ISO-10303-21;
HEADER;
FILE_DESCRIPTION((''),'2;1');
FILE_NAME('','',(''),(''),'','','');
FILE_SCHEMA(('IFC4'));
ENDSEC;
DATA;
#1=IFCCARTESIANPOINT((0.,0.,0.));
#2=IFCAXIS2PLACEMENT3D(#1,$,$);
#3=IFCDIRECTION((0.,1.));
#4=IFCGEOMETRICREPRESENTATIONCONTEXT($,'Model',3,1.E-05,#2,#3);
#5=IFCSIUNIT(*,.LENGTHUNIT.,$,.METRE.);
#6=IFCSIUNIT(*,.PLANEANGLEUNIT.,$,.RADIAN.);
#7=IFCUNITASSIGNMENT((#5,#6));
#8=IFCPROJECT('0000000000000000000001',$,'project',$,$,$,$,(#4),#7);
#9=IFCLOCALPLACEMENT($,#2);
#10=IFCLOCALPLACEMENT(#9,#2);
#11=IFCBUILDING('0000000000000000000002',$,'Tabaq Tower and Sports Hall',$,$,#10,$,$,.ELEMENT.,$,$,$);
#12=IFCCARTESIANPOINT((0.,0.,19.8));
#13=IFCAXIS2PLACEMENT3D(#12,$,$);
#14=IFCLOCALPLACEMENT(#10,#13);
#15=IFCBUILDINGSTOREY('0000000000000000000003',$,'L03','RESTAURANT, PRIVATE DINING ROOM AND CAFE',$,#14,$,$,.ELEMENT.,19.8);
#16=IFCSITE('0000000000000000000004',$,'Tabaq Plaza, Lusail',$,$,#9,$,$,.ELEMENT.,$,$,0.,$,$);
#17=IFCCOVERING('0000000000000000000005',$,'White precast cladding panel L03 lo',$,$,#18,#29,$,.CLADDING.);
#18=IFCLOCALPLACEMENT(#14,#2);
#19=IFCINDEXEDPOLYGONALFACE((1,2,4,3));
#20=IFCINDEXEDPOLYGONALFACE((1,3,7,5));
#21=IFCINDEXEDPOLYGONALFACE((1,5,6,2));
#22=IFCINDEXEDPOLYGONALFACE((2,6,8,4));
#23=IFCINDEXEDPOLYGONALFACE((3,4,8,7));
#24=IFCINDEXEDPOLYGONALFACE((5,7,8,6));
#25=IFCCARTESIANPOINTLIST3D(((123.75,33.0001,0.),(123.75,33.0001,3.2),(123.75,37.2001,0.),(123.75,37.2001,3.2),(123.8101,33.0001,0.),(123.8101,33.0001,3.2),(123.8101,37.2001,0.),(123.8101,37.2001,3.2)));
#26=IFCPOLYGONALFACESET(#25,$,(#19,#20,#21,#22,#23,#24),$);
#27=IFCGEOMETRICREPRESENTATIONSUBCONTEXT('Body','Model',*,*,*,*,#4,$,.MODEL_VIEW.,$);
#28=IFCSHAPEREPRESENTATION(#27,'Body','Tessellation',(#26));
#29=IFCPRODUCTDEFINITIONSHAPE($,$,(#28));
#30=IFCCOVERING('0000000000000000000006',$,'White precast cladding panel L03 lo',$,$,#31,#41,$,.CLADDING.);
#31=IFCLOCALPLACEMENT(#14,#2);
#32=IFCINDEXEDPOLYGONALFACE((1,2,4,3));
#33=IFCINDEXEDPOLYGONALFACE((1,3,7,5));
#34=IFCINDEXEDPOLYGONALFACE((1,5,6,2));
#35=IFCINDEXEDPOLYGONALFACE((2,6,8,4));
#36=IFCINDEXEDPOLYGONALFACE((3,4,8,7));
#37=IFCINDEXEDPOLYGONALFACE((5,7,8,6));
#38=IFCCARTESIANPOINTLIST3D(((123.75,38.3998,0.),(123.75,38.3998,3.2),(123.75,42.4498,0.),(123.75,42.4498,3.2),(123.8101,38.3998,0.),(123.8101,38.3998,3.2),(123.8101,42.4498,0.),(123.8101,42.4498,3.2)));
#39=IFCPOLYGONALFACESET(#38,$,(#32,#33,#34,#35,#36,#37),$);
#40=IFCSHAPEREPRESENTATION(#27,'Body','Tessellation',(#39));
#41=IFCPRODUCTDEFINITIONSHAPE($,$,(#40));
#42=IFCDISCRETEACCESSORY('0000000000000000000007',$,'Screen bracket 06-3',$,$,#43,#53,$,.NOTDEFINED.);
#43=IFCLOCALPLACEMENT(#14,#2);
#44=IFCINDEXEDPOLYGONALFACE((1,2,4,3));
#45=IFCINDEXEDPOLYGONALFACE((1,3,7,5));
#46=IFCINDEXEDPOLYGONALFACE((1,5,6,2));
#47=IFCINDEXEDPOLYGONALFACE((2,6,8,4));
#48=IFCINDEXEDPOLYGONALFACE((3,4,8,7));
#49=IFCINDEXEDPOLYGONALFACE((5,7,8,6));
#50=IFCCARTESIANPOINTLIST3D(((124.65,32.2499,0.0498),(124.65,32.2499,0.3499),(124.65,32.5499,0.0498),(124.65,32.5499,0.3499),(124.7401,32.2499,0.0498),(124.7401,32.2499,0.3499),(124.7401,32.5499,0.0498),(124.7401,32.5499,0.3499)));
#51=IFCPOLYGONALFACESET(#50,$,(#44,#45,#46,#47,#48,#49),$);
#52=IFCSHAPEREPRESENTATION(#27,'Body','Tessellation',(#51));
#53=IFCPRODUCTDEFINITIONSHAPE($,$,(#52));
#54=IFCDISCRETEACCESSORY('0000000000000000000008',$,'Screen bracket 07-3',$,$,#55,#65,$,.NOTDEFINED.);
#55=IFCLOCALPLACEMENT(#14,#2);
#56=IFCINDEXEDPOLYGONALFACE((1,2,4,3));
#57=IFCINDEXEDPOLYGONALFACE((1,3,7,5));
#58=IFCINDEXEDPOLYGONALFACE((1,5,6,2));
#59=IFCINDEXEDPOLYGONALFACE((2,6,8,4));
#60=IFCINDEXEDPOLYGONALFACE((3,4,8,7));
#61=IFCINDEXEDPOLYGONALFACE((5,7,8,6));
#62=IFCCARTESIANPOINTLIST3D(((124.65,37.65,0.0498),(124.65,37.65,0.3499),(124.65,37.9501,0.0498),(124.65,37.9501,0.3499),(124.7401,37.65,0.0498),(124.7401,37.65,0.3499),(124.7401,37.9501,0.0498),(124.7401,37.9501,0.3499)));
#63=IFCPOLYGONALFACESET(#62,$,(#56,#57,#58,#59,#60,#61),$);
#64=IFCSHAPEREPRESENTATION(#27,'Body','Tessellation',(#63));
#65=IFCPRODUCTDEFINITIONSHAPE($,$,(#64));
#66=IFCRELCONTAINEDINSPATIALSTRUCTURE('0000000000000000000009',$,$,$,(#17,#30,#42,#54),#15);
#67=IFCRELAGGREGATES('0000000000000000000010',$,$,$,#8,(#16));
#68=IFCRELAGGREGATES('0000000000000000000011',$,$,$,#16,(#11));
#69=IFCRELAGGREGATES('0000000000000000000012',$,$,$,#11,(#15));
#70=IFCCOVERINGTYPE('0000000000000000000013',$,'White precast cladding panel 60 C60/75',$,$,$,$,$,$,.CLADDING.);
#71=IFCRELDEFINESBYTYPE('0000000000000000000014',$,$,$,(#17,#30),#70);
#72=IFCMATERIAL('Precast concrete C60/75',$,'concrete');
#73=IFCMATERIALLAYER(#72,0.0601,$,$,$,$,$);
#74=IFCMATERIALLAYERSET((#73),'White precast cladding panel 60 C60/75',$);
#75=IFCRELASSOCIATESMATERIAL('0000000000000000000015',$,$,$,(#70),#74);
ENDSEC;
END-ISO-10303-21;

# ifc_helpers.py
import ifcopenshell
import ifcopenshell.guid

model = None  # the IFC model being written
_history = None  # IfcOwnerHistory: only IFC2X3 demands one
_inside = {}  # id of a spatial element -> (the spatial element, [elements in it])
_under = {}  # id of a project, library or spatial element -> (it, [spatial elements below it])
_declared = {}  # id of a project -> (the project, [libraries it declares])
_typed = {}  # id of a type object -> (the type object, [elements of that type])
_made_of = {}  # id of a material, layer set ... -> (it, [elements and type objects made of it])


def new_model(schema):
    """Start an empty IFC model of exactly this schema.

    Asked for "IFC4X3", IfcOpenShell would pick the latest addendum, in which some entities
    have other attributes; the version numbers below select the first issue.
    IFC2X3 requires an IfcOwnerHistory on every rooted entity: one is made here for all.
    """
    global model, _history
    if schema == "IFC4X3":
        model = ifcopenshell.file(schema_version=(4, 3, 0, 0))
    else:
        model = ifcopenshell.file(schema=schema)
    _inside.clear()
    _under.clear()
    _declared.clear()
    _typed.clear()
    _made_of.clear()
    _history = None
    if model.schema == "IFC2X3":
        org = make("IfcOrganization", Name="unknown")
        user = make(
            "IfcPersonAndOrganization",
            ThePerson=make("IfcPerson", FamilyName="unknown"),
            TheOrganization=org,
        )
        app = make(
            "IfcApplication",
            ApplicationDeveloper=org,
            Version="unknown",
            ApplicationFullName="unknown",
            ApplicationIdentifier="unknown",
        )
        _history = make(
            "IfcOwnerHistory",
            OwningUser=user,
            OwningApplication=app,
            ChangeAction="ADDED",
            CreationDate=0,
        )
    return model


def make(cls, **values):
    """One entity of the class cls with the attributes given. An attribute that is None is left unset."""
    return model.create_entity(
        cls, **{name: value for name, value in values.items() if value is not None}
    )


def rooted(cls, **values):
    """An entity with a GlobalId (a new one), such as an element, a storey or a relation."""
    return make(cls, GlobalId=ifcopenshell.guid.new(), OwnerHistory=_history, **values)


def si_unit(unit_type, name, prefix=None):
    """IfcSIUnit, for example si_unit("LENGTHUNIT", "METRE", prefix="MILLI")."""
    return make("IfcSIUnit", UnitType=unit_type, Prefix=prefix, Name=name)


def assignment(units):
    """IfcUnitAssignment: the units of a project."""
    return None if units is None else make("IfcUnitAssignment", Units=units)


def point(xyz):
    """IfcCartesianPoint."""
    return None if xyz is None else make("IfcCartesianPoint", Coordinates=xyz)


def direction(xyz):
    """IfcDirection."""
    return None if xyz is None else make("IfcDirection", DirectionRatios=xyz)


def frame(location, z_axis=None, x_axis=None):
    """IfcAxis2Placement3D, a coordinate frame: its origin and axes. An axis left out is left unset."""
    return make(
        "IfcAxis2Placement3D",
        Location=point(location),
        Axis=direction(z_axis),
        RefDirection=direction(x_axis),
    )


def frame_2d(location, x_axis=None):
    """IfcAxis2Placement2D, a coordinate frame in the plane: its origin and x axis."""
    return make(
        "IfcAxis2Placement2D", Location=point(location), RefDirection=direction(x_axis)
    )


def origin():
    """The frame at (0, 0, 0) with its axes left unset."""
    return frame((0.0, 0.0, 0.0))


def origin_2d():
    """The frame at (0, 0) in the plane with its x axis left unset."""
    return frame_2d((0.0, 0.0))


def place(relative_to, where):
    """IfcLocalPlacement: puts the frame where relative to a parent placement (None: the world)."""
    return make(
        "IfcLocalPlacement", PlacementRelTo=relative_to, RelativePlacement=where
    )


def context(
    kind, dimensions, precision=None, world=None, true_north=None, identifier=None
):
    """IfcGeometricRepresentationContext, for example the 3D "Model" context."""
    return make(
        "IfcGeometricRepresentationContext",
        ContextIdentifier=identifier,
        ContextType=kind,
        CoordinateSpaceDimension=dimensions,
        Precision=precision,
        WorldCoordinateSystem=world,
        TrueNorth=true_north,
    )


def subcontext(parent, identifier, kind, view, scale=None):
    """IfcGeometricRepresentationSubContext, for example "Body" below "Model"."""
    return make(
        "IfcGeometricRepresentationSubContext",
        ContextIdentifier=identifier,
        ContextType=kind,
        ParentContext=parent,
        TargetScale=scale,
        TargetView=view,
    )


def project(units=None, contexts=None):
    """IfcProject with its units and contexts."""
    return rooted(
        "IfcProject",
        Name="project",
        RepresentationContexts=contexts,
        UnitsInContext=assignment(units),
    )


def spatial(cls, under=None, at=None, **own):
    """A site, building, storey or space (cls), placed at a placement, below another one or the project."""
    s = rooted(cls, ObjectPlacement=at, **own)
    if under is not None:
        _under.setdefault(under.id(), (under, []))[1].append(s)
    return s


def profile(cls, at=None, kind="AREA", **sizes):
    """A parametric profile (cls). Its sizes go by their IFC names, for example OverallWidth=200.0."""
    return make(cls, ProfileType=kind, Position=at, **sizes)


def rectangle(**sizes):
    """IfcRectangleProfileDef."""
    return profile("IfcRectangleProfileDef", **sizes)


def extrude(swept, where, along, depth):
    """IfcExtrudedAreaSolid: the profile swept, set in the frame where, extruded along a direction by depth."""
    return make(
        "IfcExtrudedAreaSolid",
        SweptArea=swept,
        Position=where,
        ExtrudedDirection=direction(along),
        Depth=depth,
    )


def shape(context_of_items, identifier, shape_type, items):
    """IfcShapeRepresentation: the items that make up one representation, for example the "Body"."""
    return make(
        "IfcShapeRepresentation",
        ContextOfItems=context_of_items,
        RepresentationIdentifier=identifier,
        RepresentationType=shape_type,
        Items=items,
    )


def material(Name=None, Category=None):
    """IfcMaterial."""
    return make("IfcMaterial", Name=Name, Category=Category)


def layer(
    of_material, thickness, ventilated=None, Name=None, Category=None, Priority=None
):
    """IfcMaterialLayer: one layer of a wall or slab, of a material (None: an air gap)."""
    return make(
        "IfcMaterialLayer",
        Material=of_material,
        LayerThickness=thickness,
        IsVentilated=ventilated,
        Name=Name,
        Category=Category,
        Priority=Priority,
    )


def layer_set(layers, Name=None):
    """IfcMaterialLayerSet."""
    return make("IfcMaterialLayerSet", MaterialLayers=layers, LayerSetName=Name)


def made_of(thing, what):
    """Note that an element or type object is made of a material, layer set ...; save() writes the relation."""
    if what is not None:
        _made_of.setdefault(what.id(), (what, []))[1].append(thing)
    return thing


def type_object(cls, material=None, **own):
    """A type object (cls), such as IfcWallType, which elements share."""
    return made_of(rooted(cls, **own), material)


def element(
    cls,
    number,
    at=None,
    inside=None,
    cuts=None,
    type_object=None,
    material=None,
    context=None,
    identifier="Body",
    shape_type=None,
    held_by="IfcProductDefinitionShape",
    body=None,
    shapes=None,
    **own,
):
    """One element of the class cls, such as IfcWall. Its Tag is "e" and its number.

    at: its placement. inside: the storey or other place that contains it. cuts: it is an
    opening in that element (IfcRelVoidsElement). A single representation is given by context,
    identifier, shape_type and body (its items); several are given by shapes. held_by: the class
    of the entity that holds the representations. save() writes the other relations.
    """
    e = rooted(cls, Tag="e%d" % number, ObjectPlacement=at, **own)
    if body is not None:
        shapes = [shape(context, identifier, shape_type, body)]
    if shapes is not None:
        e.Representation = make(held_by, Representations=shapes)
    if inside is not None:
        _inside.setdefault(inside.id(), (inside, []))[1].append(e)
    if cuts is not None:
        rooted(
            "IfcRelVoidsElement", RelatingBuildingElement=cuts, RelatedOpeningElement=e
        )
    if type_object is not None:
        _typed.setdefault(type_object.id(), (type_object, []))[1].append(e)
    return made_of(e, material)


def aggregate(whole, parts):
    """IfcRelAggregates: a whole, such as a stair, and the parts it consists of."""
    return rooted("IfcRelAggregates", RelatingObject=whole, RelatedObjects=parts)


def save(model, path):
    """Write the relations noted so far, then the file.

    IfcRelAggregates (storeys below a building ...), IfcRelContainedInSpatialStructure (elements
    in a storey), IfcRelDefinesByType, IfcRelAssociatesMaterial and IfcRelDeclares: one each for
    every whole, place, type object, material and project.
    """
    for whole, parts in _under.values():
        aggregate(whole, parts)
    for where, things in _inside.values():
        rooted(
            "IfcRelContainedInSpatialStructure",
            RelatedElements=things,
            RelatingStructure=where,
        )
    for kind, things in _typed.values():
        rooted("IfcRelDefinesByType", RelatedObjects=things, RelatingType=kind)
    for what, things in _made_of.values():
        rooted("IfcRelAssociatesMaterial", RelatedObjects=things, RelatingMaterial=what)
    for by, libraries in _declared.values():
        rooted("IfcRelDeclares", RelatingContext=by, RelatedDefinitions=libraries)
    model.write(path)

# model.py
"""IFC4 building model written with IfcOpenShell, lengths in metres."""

from ifc_helpers import new_model, si_unit, direction, frame, frame_2d, origin, origin_2d, place, context, subcontext, project, spatial, rectangle, extrude, material, layer, layer_set, type_object, element, save


model = new_model("IFC4")

# Units and contexts
model_context = context("Model", 3, precision=1e-05, world=origin(), true_north=direction((0.0, 1.0)))
body_context = subcontext(model_context, "Body", "Model", "MODEL_VIEW")
ifc_project = project(units=[si_unit("LENGTHUNIT", "METRE"), si_unit("PLANEANGLEUNIT", "RADIAN")], contexts=[model_context])

# Site, building, storey
site_placement = place(None, origin())
site = spatial("IfcSite", under=ifc_project, at=site_placement, Name="Tabaq Plaza, Lusail", CompositionType="ELEMENT", RefElevation=0.0)
building_placement = place(site_placement, origin())
building = spatial("IfcBuilding", under=site, at=building_placement, Name="Tabaq Tower and Sports Hall", CompositionType="ELEMENT")
storey_placement = place(building_placement, frame((0.0, 0.0, 19.8)))
storey = spatial("IfcBuildingStorey", under=building, at=storey_placement, Name="L03", Description="RESTAURANT, PRIVATE DINING ROOM AND CAFE", CompositionType="ELEMENT", Elevation=19.8)

# Coverings
ifc_material_1 = material(Name="Precast concrete C60/75", Category="concrete")
ifc_layer_1 = layer(ifc_material_1, 0.0601)
ifc_layer_set_1 = layer_set([ifc_layer_1], Name="White precast cladding panel 60 C60/75")
covering_type = type_object("IfcCoveringType", Name="White precast cladding panel 60 C60/75", PredefinedType="CLADDING", material=ifc_layer_set_1)
covering_1_placement = place(storey_placement, frame((123.78, 33.0, 0.0), z_axis=(0.0, 0.0, 1.0), x_axis=(0.0, 1.0, 0.0)))
element("IfcCovering", 1, at=covering_1_placement, inside=storey, type_object=covering_type, Name="White precast cladding panel L03 lo", PredefinedType="CLADDING", context=body_context, shape_type="SweptSolid", body=[
    extrude(rectangle(XDim=4.2, YDim=0.0601, at=frame_2d((2.1001, 0.0))), origin(), (0.0, 0.0, 1.0), 3.2),
])
covering_2_placement = place(storey_placement, frame((123.78, 38.3999, 0.0), z_axis=(0.0, 0.0, 1.0), x_axis=(0.0, 1.0, 0.0)))
element("IfcCovering", 2, at=covering_2_placement, inside=storey, type_object=covering_type, Name="White precast cladding panel L03 lo", PredefinedType="CLADDING", context=body_context, shape_type="SweptSolid", body=[
    extrude(rectangle(XDim=4.05, YDim=0.0601, at=frame_2d((2.0249, 0.0))), origin(), (0.0, 0.0, 1.0), 3.2),
])

# Discrete accessories
for number, where, z_axis, x_axis, name in (
    (3, (124.6951, 32.3999, 0.0498), (0.0, 0.0, 1.0), (1.0, 0.0, 0.0), "Screen bracket 06-3"),
    (4, (124.6951, 37.8, 0.0498), (0.0, 0.0, 1.0), (1.0, 0.0, 0.0), "Screen bracket 07-3"),
):
    element("IfcDiscreteAccessory", number, at=place(storey_placement, frame(where, z_axis=z_axis, x_axis=x_axis)), inside=storey, Name=name, PredefinedType="NOTDEFINED", context=body_context, shape_type="SweptSolid", body=[
        extrude(rectangle(XDim=0.0901, YDim=0.3, at=origin_2d()), origin(), (0.0, 0.0, 1.0), 0.3),
    ])

save(model, "model.ifc")
